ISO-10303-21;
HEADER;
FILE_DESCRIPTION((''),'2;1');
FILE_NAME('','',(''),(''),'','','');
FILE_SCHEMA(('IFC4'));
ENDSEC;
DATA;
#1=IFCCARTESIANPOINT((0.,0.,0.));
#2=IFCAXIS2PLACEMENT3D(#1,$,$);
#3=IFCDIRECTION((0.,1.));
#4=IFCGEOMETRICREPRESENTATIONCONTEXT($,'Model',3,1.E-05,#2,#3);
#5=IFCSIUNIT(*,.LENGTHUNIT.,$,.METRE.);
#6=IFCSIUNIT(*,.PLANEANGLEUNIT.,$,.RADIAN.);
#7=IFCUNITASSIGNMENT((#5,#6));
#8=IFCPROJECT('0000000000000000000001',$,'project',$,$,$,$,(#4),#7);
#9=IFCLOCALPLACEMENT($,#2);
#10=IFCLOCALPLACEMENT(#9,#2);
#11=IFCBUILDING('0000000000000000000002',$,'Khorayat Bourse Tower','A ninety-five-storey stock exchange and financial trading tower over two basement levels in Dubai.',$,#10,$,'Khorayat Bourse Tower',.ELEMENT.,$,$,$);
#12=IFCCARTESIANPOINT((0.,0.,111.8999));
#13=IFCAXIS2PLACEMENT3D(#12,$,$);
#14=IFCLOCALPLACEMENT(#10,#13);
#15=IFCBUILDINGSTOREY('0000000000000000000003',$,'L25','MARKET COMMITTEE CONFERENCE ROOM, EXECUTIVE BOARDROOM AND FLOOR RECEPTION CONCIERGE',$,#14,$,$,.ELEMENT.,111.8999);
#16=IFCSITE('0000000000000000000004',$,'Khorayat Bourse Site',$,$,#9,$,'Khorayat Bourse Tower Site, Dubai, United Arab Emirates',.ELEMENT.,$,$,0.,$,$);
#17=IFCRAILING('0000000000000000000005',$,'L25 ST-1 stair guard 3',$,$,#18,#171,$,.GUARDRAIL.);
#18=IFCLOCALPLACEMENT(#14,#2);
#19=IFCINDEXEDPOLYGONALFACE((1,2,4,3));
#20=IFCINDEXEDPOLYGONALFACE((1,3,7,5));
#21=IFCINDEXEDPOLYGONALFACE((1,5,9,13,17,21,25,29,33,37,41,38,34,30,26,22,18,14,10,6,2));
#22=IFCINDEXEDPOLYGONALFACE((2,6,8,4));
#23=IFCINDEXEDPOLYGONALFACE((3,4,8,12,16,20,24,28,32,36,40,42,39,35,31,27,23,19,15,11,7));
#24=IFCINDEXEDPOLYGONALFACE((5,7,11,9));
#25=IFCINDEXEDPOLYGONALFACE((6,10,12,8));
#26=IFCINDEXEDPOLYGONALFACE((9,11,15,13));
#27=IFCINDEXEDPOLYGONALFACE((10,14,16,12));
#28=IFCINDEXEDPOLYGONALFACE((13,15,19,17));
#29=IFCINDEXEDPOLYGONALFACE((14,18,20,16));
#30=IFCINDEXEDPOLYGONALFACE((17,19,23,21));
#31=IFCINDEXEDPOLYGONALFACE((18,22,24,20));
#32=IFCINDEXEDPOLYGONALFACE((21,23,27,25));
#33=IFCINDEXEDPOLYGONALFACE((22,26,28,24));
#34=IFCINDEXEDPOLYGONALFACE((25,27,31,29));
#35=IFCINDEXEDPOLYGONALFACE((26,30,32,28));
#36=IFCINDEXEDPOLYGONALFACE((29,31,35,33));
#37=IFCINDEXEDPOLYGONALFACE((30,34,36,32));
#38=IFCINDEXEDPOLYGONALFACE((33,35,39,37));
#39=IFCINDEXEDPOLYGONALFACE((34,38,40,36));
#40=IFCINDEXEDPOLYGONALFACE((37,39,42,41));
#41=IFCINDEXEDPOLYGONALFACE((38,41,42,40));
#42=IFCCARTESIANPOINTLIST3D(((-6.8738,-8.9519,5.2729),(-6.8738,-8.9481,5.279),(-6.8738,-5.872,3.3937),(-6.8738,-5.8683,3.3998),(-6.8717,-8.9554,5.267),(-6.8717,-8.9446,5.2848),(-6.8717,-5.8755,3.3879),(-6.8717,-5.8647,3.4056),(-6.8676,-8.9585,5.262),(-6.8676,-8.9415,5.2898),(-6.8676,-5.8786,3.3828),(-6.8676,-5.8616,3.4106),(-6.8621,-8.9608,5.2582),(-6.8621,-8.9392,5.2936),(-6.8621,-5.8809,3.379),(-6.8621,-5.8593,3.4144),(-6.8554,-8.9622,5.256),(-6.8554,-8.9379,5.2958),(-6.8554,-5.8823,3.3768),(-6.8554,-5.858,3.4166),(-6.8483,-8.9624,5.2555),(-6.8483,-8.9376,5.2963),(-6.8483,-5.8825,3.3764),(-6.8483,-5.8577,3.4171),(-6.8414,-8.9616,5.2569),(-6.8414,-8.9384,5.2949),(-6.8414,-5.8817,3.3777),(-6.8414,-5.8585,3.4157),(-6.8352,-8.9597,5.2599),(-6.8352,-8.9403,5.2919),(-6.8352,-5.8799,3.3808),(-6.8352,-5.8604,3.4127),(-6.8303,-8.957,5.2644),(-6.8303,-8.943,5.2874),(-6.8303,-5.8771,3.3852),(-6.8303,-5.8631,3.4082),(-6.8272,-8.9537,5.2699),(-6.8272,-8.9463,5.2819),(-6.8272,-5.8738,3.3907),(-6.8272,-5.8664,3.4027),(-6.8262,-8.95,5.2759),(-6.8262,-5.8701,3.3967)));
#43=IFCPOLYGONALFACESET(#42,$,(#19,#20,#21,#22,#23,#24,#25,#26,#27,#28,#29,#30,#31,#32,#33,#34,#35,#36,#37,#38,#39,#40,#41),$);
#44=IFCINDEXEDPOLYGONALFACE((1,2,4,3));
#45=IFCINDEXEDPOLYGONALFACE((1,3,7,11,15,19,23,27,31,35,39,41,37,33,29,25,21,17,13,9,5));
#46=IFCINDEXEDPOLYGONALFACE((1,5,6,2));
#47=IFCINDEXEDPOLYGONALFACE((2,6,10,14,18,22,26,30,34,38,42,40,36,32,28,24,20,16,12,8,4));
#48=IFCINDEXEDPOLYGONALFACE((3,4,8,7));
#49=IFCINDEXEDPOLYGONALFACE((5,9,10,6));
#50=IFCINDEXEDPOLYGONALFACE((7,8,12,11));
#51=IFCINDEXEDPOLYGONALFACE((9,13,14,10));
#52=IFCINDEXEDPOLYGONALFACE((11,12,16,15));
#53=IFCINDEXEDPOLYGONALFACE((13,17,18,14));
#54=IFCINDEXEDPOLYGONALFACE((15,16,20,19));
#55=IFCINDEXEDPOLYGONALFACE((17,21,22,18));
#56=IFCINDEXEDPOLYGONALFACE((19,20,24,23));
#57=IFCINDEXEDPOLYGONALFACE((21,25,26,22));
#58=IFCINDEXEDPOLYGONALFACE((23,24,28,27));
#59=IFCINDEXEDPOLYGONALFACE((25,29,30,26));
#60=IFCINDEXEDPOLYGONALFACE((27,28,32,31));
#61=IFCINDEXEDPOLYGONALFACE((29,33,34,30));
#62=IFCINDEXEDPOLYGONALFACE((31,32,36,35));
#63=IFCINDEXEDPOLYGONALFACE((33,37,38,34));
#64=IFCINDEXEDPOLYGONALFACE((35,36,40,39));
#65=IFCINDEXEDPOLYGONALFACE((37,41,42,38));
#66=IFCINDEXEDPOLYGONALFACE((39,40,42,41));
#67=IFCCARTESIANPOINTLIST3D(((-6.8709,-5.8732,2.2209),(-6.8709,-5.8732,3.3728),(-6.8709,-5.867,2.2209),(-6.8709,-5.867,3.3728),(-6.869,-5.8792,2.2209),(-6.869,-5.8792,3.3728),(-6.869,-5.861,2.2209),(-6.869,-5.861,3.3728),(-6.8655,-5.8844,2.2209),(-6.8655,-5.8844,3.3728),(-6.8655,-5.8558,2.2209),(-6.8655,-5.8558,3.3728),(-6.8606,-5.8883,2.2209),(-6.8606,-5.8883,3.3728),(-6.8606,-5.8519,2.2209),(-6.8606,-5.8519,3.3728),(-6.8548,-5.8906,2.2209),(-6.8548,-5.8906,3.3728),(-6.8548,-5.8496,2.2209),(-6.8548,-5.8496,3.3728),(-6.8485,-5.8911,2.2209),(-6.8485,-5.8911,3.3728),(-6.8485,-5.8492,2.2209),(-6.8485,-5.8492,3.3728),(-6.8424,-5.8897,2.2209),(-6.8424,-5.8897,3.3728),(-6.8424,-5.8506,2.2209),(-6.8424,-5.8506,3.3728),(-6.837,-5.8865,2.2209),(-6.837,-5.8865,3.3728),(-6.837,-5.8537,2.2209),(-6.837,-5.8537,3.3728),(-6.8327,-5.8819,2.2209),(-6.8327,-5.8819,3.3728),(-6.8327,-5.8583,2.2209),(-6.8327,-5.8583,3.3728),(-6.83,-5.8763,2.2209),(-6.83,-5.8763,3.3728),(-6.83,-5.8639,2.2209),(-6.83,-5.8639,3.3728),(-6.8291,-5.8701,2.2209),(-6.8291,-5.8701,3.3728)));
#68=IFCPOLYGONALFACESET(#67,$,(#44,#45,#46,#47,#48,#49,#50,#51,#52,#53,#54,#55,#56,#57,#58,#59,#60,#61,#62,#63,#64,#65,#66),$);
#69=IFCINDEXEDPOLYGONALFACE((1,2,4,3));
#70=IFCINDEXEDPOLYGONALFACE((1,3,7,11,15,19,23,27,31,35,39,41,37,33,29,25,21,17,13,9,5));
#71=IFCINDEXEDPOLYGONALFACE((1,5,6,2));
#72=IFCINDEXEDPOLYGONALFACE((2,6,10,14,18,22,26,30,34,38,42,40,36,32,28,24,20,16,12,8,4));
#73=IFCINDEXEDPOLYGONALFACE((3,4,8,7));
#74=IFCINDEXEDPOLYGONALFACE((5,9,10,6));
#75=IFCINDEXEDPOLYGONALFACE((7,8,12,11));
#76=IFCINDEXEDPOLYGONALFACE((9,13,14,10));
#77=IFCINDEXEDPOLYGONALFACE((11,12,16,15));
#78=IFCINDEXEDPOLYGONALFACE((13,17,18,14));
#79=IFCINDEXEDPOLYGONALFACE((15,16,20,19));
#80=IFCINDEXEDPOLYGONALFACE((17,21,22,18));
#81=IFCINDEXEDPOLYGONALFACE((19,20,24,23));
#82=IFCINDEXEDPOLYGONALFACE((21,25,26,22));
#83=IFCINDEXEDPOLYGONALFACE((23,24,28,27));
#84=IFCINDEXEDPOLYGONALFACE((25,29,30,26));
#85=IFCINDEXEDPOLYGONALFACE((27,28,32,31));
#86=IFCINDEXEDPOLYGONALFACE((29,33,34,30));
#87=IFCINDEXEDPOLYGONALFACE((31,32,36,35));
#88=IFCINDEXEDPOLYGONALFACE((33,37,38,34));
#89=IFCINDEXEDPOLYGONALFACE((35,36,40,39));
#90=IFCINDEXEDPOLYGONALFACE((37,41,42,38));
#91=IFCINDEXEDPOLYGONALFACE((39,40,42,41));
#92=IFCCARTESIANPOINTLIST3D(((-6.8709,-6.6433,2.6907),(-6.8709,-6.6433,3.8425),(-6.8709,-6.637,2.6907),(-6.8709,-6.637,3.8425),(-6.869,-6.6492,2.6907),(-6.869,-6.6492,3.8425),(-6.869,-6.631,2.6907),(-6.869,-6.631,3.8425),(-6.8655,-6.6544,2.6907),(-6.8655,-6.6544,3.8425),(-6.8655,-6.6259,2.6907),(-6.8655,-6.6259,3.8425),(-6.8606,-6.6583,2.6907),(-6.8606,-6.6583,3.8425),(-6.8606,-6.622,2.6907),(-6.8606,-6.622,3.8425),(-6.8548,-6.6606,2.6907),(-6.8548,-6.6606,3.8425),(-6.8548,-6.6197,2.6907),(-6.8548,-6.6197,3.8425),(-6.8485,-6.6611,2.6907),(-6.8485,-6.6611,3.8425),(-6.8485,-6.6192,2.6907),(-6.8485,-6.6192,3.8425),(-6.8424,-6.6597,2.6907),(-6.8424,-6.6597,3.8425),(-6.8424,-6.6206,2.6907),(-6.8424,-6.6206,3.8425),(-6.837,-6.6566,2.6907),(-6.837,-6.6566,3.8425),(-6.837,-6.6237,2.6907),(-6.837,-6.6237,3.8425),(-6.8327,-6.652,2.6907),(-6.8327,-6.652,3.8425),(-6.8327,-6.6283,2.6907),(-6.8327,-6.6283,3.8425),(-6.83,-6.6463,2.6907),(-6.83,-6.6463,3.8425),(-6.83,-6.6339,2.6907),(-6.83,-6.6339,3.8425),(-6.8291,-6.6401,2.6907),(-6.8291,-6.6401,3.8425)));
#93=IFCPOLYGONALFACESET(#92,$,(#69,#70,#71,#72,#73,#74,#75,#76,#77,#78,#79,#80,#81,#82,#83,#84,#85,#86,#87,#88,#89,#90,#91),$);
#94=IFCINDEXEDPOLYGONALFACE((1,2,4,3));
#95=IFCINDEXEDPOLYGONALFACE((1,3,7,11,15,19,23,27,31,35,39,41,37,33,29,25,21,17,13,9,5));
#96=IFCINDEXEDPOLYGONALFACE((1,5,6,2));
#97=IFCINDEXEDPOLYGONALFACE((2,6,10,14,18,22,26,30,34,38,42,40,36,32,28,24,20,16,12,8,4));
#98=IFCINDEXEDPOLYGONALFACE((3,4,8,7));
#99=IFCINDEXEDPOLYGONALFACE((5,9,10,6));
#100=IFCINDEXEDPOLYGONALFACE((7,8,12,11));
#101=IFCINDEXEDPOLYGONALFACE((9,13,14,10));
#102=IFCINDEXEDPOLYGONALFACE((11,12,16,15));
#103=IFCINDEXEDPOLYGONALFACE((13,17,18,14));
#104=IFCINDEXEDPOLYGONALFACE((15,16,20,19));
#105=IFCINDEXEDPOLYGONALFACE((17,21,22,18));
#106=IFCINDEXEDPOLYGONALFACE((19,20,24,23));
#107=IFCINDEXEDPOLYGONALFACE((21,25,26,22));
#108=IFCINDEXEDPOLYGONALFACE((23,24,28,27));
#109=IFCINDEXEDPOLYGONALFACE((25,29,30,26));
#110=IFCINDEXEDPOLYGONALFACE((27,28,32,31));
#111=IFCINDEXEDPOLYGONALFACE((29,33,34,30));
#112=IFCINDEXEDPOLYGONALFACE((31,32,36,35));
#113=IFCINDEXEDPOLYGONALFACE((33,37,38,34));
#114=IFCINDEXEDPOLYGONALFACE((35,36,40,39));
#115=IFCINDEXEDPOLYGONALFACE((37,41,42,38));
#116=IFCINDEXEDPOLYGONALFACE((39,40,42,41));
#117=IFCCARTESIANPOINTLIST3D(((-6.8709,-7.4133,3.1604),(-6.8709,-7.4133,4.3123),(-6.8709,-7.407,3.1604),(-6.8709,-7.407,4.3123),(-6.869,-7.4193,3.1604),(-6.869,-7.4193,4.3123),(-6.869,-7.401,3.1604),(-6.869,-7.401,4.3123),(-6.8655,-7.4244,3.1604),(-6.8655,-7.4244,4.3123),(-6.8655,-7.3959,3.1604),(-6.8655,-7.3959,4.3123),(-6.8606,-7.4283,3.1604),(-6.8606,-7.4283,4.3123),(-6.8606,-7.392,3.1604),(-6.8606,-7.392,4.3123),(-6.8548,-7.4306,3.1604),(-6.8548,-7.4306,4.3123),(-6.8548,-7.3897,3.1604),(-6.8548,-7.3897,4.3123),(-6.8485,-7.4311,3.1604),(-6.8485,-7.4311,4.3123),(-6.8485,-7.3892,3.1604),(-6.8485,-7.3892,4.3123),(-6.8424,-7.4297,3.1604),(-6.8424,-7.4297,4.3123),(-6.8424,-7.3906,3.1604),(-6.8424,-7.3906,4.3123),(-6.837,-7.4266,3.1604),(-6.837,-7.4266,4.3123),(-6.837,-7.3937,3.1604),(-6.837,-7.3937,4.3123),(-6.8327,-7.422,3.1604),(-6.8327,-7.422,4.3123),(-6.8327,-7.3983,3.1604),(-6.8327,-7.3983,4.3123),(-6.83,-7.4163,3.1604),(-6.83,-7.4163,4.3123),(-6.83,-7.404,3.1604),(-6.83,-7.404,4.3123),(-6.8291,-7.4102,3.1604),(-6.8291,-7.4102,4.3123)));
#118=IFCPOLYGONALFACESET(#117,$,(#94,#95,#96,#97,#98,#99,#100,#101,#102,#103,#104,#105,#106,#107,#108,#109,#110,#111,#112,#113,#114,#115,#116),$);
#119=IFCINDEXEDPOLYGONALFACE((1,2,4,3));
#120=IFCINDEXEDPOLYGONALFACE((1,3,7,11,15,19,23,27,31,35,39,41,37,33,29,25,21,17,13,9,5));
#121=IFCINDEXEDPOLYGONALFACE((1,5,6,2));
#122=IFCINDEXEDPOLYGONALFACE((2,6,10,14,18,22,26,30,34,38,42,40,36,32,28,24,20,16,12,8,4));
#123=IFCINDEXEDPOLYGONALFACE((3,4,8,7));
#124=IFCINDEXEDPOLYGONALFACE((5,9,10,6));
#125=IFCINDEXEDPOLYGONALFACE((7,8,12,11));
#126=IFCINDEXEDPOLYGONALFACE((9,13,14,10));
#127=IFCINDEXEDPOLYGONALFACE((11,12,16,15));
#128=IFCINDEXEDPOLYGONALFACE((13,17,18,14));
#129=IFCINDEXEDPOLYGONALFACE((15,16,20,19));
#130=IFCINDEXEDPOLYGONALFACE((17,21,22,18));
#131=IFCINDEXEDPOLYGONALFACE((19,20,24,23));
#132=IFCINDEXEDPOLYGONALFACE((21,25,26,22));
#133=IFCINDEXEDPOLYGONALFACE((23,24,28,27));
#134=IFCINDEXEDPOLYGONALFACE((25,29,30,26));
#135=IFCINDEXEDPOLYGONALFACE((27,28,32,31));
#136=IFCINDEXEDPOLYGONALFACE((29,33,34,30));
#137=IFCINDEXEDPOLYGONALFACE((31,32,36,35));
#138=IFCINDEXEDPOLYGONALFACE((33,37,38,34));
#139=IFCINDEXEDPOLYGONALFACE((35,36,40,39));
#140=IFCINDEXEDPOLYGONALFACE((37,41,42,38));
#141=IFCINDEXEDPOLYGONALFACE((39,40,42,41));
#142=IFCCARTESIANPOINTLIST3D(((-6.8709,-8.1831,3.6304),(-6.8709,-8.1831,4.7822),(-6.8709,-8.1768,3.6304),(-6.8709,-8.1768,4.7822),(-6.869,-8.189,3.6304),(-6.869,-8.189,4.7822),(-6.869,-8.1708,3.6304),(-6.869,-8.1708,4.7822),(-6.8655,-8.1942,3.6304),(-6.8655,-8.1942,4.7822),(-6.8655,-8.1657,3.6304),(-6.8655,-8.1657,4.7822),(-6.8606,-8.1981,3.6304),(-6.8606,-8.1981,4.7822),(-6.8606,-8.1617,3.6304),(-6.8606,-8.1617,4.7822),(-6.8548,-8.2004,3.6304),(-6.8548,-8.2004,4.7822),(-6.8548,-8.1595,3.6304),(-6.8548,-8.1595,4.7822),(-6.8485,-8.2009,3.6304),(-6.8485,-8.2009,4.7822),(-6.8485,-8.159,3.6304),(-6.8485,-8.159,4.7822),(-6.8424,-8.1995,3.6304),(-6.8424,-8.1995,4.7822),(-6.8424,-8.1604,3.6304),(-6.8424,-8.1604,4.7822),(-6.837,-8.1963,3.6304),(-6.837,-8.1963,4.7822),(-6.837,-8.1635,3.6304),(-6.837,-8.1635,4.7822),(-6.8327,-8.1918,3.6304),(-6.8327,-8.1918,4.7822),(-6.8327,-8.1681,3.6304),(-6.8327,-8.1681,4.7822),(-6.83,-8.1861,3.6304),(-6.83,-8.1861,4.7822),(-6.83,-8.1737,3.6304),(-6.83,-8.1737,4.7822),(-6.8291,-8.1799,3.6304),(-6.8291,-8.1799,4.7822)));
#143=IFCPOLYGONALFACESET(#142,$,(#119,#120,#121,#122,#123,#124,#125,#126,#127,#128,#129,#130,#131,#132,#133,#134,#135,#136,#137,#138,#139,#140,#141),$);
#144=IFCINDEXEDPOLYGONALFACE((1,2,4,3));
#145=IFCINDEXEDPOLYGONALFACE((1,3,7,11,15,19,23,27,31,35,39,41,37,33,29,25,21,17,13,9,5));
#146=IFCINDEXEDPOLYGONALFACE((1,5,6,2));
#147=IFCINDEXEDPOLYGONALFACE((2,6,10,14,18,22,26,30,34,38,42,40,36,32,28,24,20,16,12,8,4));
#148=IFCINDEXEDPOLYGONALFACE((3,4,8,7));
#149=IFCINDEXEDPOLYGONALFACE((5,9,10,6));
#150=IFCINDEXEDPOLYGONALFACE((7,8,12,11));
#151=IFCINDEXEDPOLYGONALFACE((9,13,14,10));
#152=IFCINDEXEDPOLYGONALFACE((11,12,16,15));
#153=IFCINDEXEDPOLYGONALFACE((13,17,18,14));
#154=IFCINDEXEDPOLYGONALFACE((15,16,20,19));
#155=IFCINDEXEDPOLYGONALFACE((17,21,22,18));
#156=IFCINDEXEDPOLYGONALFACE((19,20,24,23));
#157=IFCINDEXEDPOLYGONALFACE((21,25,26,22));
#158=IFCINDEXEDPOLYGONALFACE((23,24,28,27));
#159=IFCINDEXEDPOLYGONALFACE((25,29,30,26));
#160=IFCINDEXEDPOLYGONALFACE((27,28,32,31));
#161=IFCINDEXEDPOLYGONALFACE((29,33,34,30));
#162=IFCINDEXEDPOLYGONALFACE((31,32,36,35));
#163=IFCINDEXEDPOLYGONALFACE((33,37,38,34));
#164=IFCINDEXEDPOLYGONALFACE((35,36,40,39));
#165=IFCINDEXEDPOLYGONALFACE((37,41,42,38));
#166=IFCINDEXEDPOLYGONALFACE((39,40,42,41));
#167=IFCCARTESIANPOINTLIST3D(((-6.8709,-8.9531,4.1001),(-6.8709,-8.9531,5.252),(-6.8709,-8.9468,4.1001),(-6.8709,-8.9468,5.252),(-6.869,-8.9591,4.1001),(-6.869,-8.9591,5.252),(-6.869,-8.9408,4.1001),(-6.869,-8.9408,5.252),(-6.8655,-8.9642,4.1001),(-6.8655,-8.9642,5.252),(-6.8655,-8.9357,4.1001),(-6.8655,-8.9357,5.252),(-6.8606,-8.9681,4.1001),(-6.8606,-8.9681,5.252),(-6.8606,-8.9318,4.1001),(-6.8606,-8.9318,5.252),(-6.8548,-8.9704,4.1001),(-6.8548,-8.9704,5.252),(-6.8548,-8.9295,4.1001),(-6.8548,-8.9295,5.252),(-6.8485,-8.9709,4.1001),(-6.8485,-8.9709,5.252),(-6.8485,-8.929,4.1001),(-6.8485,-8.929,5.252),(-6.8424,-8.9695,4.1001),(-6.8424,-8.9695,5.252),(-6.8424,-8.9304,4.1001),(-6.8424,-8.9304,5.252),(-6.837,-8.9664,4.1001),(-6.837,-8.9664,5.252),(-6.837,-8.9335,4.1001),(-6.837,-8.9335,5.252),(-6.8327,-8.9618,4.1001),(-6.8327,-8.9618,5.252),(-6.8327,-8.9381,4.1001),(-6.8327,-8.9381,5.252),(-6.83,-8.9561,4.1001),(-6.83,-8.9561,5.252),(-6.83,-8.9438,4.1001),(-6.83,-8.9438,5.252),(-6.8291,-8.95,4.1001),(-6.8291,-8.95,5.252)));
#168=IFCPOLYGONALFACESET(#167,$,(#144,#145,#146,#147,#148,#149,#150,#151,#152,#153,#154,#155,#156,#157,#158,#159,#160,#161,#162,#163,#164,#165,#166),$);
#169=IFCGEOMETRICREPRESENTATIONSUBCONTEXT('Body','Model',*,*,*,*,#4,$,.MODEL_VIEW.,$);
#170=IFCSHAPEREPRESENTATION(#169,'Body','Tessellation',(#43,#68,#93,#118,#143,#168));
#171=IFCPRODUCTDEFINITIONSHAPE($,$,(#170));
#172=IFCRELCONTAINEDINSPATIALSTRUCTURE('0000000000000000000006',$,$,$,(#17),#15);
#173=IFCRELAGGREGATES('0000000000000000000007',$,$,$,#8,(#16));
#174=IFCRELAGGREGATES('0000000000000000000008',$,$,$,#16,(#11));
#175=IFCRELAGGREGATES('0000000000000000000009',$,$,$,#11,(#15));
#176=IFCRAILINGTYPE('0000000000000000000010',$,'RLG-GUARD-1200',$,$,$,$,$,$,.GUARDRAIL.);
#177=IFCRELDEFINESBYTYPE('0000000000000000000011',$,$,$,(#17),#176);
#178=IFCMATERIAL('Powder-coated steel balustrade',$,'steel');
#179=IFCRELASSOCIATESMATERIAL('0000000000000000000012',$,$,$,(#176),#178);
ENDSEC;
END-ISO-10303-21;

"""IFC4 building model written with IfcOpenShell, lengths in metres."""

from ifc_helpers import new_model, si_unit, direction, frame, origin, origin_2d, place, context, subcontext, project, spatial, circle, extrude, source, transform, mapped, material, type_object, element, save


model = new_model("IFC4")

# Units and contexts
model_context = context("Model", 3, precision=1e-05, world=origin(), true_north=direction((0.0, 1.0)))
body_context = subcontext(model_context, "Body", "Model", "MODEL_VIEW")
ifc_project = project(units=[si_unit("LENGTHUNIT", "METRE"), si_unit("PLANEANGLEUNIT", "RADIAN")], contexts=[model_context])

# Site, building, storey
site_placement = place(None, origin())
site = spatial("IfcSite", under=ifc_project, at=site_placement, Name="Khorayat Bourse Site", LongName="Khorayat Bourse Tower Site, Dubai, United Arab Emirates", CompositionType="ELEMENT", RefElevation=0.0)
building_placement = place(site_placement, origin())
building = spatial("IfcBuilding", under=site, at=building_placement, Name="Khorayat Bourse Tower", Description="A ninety-five-storey stock exchange and financial trading tower over two basement levels in Dubai.", LongName="Khorayat Bourse Tower", CompositionType="ELEMENT")
storey_placement = place(building_placement, frame((0.0, 0.0, 111.8999)))
storey = spatial("IfcBuildingStorey", under=building, at=storey_placement, Name="L25", Description="MARKET COMMITTEE CONFERENCE ROOM, EXECUTIVE BOARDROOM AND FLOOR RECEPTION CONCIERGE", CompositionType="ELEMENT", Elevation=111.8999)

# Railing
ifc_material_1 = material(Name="Powder-coated steel balustrade", Category="steel")
railing_type_1 = type_object("IfcRailingType", Name="RLG-GUARD-1200", PredefinedType="GUARDRAIL", material=ifc_material_1)
shared_shape_1 = source(origin(), body_context, "Body", "SweptSolid", [
    extrude(circle(Radius=0.0239, at=origin_2d()), frame((0.0, 0.0, 1.1758), z_axis=(0.0, -0.853648, 0.52085), x_axis=(1.0, 0.0, 0.0)), (0.0, 0.0, 1.0), 3.6079),
    extrude(circle(Radius=0.021, at=origin_2d()), origin(), (0.0, 0.0, 1.0), 1.1519),
    extrude(circle(Radius=0.021, at=origin_2d()), frame((0.0, -0.77, 0.4697)), (0.0, 0.0, 1.0), 1.1519),
    extrude(circle(Radius=0.021, at=origin_2d()), frame((0.0, -1.54, 0.9395)), (0.0, 0.0, 1.0), 1.1519),
    extrude(circle(Radius=0.021, at=origin_2d()), frame((0.0, -2.3098, 1.4094)), (0.0, 0.0, 1.0), 1.1519),
    extrude(circle(Radius=0.021, at=origin_2d()), frame((0.0, -3.0798, 1.8792)), (0.0, 0.0, 1.0), 1.1519),
])
railing_1_placement = place(storey_placement, frame((-6.8501, -5.8701, 2.2209)))
element("IfcRailing", 1, at=railing_1_placement, inside=storey, type_object=railing_type_1, Name="L25 ST-1 stair guard 3", PredefinedType="GUARDRAIL", context=body_context, shape_type="MappedRepresentation", body=[
    mapped(shared_shape_1, transform((0.0, 0.0, 0.0), scale=1.0)),
])

save(model, "model.ifc")
